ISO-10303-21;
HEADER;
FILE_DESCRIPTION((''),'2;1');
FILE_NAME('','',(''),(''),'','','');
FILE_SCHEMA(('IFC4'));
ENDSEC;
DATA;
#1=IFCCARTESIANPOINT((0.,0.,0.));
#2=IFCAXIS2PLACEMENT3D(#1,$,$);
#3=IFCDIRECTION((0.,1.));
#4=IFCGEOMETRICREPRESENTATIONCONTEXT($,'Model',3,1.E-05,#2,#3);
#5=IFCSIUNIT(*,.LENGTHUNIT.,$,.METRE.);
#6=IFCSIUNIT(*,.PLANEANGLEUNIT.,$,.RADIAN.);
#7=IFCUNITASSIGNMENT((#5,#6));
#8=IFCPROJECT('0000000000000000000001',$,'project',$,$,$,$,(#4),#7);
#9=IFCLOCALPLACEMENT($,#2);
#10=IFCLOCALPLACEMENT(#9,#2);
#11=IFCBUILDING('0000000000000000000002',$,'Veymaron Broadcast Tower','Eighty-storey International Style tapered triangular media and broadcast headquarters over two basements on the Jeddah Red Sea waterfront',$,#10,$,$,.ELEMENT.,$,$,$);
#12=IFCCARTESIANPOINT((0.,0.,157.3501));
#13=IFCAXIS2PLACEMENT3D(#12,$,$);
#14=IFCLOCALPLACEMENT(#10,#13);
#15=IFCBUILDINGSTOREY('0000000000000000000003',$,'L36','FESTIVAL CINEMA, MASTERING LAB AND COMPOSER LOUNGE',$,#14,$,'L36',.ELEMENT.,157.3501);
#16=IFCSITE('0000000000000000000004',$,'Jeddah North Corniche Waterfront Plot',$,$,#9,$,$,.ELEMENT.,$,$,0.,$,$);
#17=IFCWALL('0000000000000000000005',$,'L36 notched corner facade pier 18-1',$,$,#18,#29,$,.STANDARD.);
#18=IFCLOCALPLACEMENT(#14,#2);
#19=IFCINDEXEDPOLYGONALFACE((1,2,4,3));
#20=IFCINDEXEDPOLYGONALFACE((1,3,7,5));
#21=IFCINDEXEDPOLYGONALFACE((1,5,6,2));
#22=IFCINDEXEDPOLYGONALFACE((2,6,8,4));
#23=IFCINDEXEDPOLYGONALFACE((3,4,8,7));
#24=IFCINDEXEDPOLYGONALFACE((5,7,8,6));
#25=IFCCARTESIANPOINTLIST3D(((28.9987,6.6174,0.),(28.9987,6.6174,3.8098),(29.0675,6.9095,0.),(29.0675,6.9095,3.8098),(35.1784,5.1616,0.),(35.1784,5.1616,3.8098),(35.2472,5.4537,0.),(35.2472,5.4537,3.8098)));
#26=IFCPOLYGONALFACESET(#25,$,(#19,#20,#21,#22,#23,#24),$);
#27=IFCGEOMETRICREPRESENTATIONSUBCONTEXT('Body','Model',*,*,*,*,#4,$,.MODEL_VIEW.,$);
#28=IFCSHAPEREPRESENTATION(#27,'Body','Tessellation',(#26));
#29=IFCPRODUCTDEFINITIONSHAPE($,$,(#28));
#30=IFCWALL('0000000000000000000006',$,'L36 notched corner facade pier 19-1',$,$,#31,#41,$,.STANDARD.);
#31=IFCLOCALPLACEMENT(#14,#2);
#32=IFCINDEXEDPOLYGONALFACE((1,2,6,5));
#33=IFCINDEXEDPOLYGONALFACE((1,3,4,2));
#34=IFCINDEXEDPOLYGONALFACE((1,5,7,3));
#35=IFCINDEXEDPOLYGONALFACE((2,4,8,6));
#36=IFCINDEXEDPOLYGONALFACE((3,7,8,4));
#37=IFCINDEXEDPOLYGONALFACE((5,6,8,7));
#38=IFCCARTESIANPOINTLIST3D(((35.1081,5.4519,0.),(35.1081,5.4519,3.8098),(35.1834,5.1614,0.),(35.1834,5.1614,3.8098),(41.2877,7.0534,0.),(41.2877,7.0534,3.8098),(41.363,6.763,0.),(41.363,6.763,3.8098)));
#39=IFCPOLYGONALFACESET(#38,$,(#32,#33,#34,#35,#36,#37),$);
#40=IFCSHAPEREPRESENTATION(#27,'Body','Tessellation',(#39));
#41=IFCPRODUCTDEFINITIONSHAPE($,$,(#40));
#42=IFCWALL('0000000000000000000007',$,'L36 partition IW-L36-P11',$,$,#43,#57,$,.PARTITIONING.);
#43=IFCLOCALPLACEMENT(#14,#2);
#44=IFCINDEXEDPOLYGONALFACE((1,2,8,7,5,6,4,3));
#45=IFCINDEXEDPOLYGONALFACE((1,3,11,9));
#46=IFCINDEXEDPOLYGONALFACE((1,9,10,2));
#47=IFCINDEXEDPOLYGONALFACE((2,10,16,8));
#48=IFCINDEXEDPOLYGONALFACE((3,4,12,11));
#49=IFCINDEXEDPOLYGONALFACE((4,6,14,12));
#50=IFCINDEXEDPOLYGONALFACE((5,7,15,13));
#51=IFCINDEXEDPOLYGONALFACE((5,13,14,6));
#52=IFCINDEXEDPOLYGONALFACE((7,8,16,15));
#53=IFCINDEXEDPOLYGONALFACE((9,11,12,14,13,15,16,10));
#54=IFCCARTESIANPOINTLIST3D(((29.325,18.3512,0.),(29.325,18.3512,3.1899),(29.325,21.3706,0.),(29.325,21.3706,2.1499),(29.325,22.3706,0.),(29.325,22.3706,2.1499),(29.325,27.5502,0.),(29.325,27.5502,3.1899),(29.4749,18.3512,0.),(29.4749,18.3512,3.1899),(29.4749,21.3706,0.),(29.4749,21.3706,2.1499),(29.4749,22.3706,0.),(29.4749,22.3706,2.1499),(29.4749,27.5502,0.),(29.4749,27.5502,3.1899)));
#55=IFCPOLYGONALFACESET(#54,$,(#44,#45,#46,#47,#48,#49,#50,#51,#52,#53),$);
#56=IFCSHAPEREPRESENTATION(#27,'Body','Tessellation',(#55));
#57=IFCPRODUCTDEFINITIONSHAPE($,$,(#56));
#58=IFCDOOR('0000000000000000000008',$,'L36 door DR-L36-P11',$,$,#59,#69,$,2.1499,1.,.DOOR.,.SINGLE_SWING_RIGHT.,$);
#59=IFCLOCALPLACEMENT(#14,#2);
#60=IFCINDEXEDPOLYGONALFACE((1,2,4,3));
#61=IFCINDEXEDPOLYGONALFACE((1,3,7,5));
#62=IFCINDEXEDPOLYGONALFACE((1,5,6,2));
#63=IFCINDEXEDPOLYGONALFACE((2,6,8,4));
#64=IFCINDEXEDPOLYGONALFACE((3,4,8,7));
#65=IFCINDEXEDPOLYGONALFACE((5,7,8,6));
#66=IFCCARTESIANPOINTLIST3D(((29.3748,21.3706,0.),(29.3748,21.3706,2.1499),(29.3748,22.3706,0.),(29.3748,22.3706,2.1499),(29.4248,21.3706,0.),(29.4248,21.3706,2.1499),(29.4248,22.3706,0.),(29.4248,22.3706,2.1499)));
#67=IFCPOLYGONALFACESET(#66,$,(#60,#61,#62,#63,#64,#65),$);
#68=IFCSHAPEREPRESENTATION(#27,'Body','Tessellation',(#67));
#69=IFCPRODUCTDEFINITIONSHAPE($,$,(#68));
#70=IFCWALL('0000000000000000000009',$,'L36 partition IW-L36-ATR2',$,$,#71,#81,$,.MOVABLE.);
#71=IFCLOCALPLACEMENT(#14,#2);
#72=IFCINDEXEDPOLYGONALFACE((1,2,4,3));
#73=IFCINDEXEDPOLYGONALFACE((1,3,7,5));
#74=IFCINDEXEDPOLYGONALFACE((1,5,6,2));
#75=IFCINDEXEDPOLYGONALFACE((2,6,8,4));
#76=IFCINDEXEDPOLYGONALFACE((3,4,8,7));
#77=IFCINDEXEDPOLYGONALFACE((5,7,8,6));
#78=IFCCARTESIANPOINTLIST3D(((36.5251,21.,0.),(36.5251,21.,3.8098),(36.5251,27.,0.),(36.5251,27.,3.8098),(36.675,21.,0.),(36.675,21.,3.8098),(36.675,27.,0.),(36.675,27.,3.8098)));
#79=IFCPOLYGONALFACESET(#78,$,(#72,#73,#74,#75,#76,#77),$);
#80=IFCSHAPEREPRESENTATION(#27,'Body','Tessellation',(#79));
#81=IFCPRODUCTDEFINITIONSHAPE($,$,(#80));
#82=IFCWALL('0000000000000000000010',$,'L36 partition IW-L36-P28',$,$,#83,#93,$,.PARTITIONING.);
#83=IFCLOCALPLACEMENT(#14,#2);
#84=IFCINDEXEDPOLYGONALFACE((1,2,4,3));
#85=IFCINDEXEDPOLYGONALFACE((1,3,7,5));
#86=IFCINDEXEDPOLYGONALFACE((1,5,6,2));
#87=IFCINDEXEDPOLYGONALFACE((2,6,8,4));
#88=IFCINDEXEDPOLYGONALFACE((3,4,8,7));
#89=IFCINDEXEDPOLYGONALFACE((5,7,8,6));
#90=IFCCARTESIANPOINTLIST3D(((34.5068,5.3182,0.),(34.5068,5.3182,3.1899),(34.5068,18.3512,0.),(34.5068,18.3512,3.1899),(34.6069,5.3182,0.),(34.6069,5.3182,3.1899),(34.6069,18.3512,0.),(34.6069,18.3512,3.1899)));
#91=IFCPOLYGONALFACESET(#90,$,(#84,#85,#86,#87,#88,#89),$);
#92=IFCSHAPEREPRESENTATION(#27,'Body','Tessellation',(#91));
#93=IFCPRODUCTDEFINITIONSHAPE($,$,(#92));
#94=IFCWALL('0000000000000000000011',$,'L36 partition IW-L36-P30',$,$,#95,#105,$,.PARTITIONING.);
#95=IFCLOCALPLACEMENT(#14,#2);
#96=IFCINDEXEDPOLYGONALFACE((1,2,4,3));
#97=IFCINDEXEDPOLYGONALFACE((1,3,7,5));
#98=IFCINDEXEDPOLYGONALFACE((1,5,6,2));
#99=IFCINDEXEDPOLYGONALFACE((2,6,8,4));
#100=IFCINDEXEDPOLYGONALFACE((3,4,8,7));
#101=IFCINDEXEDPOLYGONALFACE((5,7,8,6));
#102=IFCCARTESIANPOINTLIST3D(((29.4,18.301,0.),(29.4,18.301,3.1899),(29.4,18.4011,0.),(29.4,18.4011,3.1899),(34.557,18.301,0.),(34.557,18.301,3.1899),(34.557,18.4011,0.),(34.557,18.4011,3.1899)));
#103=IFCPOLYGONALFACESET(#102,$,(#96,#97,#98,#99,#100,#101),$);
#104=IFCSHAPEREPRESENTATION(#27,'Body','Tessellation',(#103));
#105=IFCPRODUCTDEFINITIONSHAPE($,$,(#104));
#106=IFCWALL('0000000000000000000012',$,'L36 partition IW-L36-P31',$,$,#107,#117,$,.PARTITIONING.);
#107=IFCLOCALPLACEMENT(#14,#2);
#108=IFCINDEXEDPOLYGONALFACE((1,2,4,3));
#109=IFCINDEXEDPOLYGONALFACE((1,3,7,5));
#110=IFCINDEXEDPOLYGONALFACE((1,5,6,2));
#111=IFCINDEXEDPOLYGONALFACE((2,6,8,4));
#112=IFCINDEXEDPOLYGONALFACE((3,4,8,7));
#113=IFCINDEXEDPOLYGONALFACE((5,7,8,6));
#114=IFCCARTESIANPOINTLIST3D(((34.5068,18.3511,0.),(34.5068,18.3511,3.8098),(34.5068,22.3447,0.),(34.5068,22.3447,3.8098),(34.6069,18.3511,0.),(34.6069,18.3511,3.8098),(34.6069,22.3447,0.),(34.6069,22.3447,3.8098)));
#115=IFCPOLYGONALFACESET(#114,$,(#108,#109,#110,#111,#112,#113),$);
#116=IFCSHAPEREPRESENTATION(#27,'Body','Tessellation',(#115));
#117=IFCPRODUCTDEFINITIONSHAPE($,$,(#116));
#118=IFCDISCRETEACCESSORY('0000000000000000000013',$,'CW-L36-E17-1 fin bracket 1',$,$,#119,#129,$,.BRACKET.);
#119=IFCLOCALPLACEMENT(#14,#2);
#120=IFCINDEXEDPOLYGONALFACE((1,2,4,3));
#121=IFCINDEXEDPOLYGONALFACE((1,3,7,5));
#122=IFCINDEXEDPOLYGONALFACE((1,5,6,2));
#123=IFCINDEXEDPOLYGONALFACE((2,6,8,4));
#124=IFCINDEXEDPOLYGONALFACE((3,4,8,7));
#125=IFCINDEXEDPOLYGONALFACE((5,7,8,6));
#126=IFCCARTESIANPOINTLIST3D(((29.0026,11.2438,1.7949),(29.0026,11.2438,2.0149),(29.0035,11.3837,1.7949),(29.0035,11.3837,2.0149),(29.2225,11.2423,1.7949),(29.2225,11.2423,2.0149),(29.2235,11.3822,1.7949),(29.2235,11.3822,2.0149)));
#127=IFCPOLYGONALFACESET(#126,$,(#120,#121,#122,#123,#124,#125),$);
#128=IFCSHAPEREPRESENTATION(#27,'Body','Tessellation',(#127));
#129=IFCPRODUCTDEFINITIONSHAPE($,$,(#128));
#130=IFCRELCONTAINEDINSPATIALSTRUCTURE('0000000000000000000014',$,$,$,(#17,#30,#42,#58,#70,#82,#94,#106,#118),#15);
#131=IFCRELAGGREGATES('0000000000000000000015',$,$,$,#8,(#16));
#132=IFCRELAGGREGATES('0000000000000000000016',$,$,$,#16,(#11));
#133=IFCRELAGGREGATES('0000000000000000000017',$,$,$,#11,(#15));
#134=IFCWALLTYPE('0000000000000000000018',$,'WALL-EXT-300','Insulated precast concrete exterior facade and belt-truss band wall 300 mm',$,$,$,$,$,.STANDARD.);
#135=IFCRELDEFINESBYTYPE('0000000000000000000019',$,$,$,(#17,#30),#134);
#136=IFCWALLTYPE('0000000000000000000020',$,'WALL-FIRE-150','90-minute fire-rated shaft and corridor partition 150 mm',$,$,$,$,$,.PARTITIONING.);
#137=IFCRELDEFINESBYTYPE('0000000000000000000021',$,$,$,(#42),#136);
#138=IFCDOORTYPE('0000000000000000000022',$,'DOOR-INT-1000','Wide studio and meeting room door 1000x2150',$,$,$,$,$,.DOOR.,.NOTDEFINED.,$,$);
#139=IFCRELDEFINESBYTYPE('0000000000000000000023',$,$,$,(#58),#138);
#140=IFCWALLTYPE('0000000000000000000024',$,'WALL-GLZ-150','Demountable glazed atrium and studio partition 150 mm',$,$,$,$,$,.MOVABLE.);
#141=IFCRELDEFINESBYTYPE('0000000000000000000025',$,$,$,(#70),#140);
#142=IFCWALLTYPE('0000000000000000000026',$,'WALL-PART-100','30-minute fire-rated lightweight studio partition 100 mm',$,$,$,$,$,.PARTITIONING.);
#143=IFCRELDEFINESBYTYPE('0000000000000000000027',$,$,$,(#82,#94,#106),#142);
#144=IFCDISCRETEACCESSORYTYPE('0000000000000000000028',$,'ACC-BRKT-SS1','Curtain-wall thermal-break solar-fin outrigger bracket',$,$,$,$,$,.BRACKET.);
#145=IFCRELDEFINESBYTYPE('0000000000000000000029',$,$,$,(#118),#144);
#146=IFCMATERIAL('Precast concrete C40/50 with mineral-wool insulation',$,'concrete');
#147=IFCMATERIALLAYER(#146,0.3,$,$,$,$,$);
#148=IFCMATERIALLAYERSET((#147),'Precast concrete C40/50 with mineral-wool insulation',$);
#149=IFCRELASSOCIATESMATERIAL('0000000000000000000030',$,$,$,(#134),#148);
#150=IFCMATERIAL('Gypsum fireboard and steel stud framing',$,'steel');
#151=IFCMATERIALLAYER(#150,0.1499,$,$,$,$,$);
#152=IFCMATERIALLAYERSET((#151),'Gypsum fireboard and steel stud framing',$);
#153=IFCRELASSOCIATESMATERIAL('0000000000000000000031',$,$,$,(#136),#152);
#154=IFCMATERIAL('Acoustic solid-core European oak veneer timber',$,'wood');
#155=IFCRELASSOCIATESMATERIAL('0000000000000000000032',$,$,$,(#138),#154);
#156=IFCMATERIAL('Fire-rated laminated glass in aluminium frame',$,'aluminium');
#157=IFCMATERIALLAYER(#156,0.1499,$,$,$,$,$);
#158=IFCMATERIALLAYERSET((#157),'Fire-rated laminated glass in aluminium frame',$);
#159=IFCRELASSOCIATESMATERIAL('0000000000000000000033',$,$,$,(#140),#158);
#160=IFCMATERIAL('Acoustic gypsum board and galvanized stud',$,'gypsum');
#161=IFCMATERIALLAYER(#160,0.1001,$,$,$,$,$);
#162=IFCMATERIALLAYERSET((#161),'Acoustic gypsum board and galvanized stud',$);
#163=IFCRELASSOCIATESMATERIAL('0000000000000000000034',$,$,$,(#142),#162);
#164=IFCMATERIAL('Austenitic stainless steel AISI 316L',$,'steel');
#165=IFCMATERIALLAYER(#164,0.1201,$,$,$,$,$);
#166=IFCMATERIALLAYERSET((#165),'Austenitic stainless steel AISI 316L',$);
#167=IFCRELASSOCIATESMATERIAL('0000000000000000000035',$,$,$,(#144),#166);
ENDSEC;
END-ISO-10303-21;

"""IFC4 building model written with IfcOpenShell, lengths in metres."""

from ifc_helpers import new_model, si_unit, direction, frame, frame_2d, origin, origin_2d, place, context, subcontext, project, spatial, rectangle, extrude, material, layer, layer_set, type_object, element, fill, save


model = new_model("IFC4")

# Units and contexts
model_context = context("Model", 3, precision=1e-05, world=origin(), true_north=direction((0.0, 1.0)))
body_context = subcontext(model_context, "Body", "Model", "MODEL_VIEW")
ifc_project = project(units=[si_unit("LENGTHUNIT", "METRE"), si_unit("PLANEANGLEUNIT", "RADIAN")], contexts=[model_context])

# Site, building, storey
site_placement = place(None, origin())
site = spatial("IfcSite", under=ifc_project, at=site_placement, Name="Jeddah North Corniche Waterfront Plot", CompositionType="ELEMENT", RefElevation=0.0)
building_placement = place(site_placement, origin())
building = spatial("IfcBuilding", under=site, at=building_placement, Name="Veymaron Broadcast Tower", Description="Eighty-storey International Style tapered triangular media and broadcast headquarters over two basements on the Jeddah Red Sea waterfront", CompositionType="ELEMENT")
storey_placement = place(building_placement, frame((0.0, 0.0, 157.3501)))
storey = spatial("IfcBuildingStorey", under=building, at=storey_placement, Name="L36", Description="FESTIVAL CINEMA, MASTERING LAB AND COMPOSER LOUNGE", LongName="L36", CompositionType="ELEMENT", Elevation=157.3501)

# Walls
ifc_material_1 = material(Name="Precast concrete C40/50 with mineral-wool insulation", Category="concrete")
ifc_layer_1 = layer(ifc_material_1, 0.3)
ifc_layer_set_1 = layer_set([ifc_layer_1], Name="Precast concrete C40/50 with mineral-wool insulation")
wall_type_1 = type_object("IfcWallType", Name="WALL-EXT-300", Description="Insulated precast concrete exterior facade and belt-truss band wall 300 mm", PredefinedType="STANDARD", material=ifc_layer_set_1)
wall_1_placement = place(storey_placement, frame((29.0332, 6.7634, 0.0), z_axis=(0.0, 0.0, 1.0), x_axis=(0.973355, -0.229303, 0.0)))
element("IfcWall", 1, at=wall_1_placement, inside=storey, type_object=wall_type_1, Name="L36 notched corner facade pier 18-1", PredefinedType="STANDARD", context=body_context, shape_type="SweptSolid", body=[
    extrude(rectangle(XDim=6.3489, YDim=0.3, at=frame_2d((3.1743, 0.0))), origin(), (0.0, 0.0, 1.0), 3.8098),
])
wall_2_placement = place(storey_placement, frame((35.1458, 5.3066, 0.0), z_axis=(0.0, 0.0, 1.0), x_axis=(0.968019, 0.250877, 0.0)))
element("IfcWall", 2, at=wall_2_placement, inside=storey, type_object=wall_type_1, Name="L36 notched corner facade pier 19-1", PredefinedType="STANDARD", context=body_context, shape_type="SweptSolid", body=[
    extrude(rectangle(XDim=6.3838, YDim=0.3, at=frame_2d((3.1919, 0.0))), origin(), (0.0, 0.0, 1.0), 3.8098),
])

# Wall, opening, door
ifc_material_2 = material(Name="Gypsum fireboard and steel stud framing", Category="steel")
ifc_layer_2 = layer(ifc_material_2, 0.1499)
ifc_layer_set_2 = layer_set([ifc_layer_2], Name="Gypsum fireboard and steel stud framing")
wall_type_2 = type_object("IfcWallType", Name="WALL-FIRE-150", Description="90-minute fire-rated shaft and corridor partition 150 mm", PredefinedType="PARTITIONING", material=ifc_layer_set_2)
wall_3_placement = place(storey_placement, frame((29.3999, 18.3511, 0.0), z_axis=(0.0, 0.0, 1.0), x_axis=(0.0, 1.0, 0.0)))
wall_3 = element("IfcWall", 3, at=wall_3_placement, inside=storey, type_object=wall_type_2, Name="L36 partition IW-L36-P11", PredefinedType="PARTITIONING", context=body_context, shape_type="SweptSolid", body=[
    extrude(rectangle(XDim=9.199, YDim=0.1499, at=frame_2d((4.5996, 0.0))), origin(), (0.0, 0.0, 1.0), 3.1899),
])
opening_1_placement = place(wall_3_placement, frame((3.0195, 0.0, 0.0)))
opening_1 = element("IfcOpeningElement", 4, at=opening_1_placement, cuts=wall_3, PredefinedType="OPENING", context=body_context, shape_type="SweptSolid", body=[
    extrude(rectangle(XDim=1.0, YDim=2.1499, at=frame_2d((0.5, 1.075))), frame((0.0, 0.085, 0.0), z_axis=(0.0, -1.0, 0.0), x_axis=(1.0, 0.0, 0.0)), (0.0, 0.0, 1.0), 0.1699),
])
ifc_material_3 = material(Name="Acoustic solid-core European oak veneer timber", Category="wood")
door_type_1 = type_object("IfcDoorType", Name="DOOR-INT-1000", Description="Wide studio and meeting room door 1000x2150", OperationType="NOTDEFINED", PredefinedType="DOOR", material=ifc_material_3)
door_1_placement = place(opening_1_placement, frame((1.0, 0.0, 0.0), z_axis=(0.0, 0.0, 1.0), x_axis=(-1.0, 0.0, 0.0)))
door_1 = element("IfcDoor", 5, at=door_1_placement, inside=storey, type_object=door_type_1, Name="L36 door DR-L36-P11", OperationType="SINGLE_SWING_RIGHT", OverallHeight=2.1499, OverallWidth=1.0, PredefinedType="DOOR", context=body_context, shape_type="SweptSolid", body=[
    extrude(rectangle(XDim=1.0, YDim=2.1499, at=frame_2d((0.5, 1.075))), frame((0.0, 0.0249, 0.0), z_axis=(0.0, -1.0, 0.0), x_axis=(1.0, 0.0, 0.0)), (0.0, 0.0, 1.0), 0.05),
])
fill(opening_1, door_1)

# Walls
ifc_material_4 = material(Name="Fire-rated laminated glass in aluminium frame", Category="aluminium")
ifc_layer_3 = layer(ifc_material_4, 0.1499)
ifc_layer_set_3 = layer_set([ifc_layer_3], Name="Fire-rated laminated glass in aluminium frame")
wall_type_3 = type_object("IfcWallType", Name="WALL-GLZ-150", Description="Demountable glazed atrium and studio partition 150 mm", PredefinedType="MOVABLE", material=ifc_layer_set_3)
wall_4_placement = place(storey_placement, frame((36.6001, 21.0, 0.0), z_axis=(0.0, 0.0, 1.0), x_axis=(0.0, 1.0, 0.0)))
element("IfcWall", 6, at=wall_4_placement, inside=storey, type_object=wall_type_3, Name="L36 partition IW-L36-ATR2", PredefinedType="MOVABLE", context=body_context, shape_type="SweptSolid", body=[
    extrude(rectangle(XDim=6.0, YDim=0.1499, at=frame_2d((3.0, 0.0))), origin(), (0.0, 0.0, 1.0), 3.8098),
])
ifc_material_5 = material(Name="Acoustic gypsum board and galvanized stud", Category="gypsum")
ifc_layer_4 = layer(ifc_material_5, 0.1001)
ifc_layer_set_4 = layer_set([ifc_layer_4], Name="Acoustic gypsum board and galvanized stud")
wall_type_4 = type_object("IfcWallType", Name="WALL-PART-100", Description="30-minute fire-rated lightweight studio partition 100 mm", PredefinedType="PARTITIONING", material=ifc_layer_set_4)
wall_5_placement = place(storey_placement, frame((34.5569, 5.3181, 0.0), z_axis=(0.0, 0.0, 1.0), x_axis=(0.0, 1.0, 0.0)))
element("IfcWall", 7, at=wall_5_placement, inside=storey, type_object=wall_type_4, Name="L36 partition IW-L36-P28", PredefinedType="PARTITIONING", context=body_context, shape_type="SweptSolid", body=[
    extrude(rectangle(XDim=13.033, YDim=0.1001, at=frame_2d((6.5166, 0.0))), origin(), (0.0, 0.0, 1.0), 3.1899),
])
wall_6_placement = place(storey_placement, frame((29.3999, 18.3511, 0.0), z_axis=(0.0, 0.0, 1.0), x_axis=(1.0, 0.0, 0.0)))
element("IfcWall", 8, at=wall_6_placement, inside=storey, type_object=wall_type_4, Name="L36 partition IW-L36-P30", PredefinedType="PARTITIONING", context=body_context, shape_type="SweptSolid", body=[
    extrude(rectangle(XDim=5.157, YDim=0.1001, at=frame_2d((2.5786, 0.0))), origin(), (0.0, 0.0, 1.0), 3.1899),
])
wall_7_placement = place(storey_placement, frame((34.5569, 18.3511, 0.0), z_axis=(0.0, 0.0, 1.0), x_axis=(0.0, 1.0, 0.0)))
element("IfcWall", 9, at=wall_7_placement, inside=storey, type_object=wall_type_4, Name="L36 partition IW-L36-P31", PredefinedType="PARTITIONING", context=body_context, shape_type="SweptSolid", body=[
    extrude(rectangle(XDim=3.9937, YDim=0.1001, at=frame_2d((1.9968, 0.0))), origin(), (0.0, 0.0, 1.0), 3.8098),
])

# Discrete accessory
ifc_material_6 = material(Name="Austenitic stainless steel AISI 316L", Category="steel")
ifc_layer_5 = layer(ifc_material_6, 0.1201)
ifc_layer_set_5 = layer_set([ifc_layer_5], Name="Austenitic stainless steel AISI 316L")
discrete_accessory_type = type_object("IfcDiscreteAccessoryType", Name="ACC-BRKT-SS1", Description="Curtain-wall thermal-break solar-fin outrigger bracket", PredefinedType="BRACKET", material=ifc_layer_set_5)
discrete_accessory_placement = place(storey_placement, frame((29.113, 11.313, 1.7949), z_axis=(0.0, 0.0, 1.0), x_axis=(-0.999977, 0.006824, 0.0)))
element("IfcDiscreteAccessory", 10, at=discrete_accessory_placement, inside=storey, type_object=discrete_accessory_type, Name="CW-L36-E17-1 fin bracket 1", PredefinedType="BRACKET", context=body_context, shape_type="SweptSolid", body=[
    extrude(rectangle(XDim=0.22, YDim=0.1399, at=origin_2d()), origin(), (0.0, 0.0, 1.0), 0.22),
])

save(model, "model.ifc")
